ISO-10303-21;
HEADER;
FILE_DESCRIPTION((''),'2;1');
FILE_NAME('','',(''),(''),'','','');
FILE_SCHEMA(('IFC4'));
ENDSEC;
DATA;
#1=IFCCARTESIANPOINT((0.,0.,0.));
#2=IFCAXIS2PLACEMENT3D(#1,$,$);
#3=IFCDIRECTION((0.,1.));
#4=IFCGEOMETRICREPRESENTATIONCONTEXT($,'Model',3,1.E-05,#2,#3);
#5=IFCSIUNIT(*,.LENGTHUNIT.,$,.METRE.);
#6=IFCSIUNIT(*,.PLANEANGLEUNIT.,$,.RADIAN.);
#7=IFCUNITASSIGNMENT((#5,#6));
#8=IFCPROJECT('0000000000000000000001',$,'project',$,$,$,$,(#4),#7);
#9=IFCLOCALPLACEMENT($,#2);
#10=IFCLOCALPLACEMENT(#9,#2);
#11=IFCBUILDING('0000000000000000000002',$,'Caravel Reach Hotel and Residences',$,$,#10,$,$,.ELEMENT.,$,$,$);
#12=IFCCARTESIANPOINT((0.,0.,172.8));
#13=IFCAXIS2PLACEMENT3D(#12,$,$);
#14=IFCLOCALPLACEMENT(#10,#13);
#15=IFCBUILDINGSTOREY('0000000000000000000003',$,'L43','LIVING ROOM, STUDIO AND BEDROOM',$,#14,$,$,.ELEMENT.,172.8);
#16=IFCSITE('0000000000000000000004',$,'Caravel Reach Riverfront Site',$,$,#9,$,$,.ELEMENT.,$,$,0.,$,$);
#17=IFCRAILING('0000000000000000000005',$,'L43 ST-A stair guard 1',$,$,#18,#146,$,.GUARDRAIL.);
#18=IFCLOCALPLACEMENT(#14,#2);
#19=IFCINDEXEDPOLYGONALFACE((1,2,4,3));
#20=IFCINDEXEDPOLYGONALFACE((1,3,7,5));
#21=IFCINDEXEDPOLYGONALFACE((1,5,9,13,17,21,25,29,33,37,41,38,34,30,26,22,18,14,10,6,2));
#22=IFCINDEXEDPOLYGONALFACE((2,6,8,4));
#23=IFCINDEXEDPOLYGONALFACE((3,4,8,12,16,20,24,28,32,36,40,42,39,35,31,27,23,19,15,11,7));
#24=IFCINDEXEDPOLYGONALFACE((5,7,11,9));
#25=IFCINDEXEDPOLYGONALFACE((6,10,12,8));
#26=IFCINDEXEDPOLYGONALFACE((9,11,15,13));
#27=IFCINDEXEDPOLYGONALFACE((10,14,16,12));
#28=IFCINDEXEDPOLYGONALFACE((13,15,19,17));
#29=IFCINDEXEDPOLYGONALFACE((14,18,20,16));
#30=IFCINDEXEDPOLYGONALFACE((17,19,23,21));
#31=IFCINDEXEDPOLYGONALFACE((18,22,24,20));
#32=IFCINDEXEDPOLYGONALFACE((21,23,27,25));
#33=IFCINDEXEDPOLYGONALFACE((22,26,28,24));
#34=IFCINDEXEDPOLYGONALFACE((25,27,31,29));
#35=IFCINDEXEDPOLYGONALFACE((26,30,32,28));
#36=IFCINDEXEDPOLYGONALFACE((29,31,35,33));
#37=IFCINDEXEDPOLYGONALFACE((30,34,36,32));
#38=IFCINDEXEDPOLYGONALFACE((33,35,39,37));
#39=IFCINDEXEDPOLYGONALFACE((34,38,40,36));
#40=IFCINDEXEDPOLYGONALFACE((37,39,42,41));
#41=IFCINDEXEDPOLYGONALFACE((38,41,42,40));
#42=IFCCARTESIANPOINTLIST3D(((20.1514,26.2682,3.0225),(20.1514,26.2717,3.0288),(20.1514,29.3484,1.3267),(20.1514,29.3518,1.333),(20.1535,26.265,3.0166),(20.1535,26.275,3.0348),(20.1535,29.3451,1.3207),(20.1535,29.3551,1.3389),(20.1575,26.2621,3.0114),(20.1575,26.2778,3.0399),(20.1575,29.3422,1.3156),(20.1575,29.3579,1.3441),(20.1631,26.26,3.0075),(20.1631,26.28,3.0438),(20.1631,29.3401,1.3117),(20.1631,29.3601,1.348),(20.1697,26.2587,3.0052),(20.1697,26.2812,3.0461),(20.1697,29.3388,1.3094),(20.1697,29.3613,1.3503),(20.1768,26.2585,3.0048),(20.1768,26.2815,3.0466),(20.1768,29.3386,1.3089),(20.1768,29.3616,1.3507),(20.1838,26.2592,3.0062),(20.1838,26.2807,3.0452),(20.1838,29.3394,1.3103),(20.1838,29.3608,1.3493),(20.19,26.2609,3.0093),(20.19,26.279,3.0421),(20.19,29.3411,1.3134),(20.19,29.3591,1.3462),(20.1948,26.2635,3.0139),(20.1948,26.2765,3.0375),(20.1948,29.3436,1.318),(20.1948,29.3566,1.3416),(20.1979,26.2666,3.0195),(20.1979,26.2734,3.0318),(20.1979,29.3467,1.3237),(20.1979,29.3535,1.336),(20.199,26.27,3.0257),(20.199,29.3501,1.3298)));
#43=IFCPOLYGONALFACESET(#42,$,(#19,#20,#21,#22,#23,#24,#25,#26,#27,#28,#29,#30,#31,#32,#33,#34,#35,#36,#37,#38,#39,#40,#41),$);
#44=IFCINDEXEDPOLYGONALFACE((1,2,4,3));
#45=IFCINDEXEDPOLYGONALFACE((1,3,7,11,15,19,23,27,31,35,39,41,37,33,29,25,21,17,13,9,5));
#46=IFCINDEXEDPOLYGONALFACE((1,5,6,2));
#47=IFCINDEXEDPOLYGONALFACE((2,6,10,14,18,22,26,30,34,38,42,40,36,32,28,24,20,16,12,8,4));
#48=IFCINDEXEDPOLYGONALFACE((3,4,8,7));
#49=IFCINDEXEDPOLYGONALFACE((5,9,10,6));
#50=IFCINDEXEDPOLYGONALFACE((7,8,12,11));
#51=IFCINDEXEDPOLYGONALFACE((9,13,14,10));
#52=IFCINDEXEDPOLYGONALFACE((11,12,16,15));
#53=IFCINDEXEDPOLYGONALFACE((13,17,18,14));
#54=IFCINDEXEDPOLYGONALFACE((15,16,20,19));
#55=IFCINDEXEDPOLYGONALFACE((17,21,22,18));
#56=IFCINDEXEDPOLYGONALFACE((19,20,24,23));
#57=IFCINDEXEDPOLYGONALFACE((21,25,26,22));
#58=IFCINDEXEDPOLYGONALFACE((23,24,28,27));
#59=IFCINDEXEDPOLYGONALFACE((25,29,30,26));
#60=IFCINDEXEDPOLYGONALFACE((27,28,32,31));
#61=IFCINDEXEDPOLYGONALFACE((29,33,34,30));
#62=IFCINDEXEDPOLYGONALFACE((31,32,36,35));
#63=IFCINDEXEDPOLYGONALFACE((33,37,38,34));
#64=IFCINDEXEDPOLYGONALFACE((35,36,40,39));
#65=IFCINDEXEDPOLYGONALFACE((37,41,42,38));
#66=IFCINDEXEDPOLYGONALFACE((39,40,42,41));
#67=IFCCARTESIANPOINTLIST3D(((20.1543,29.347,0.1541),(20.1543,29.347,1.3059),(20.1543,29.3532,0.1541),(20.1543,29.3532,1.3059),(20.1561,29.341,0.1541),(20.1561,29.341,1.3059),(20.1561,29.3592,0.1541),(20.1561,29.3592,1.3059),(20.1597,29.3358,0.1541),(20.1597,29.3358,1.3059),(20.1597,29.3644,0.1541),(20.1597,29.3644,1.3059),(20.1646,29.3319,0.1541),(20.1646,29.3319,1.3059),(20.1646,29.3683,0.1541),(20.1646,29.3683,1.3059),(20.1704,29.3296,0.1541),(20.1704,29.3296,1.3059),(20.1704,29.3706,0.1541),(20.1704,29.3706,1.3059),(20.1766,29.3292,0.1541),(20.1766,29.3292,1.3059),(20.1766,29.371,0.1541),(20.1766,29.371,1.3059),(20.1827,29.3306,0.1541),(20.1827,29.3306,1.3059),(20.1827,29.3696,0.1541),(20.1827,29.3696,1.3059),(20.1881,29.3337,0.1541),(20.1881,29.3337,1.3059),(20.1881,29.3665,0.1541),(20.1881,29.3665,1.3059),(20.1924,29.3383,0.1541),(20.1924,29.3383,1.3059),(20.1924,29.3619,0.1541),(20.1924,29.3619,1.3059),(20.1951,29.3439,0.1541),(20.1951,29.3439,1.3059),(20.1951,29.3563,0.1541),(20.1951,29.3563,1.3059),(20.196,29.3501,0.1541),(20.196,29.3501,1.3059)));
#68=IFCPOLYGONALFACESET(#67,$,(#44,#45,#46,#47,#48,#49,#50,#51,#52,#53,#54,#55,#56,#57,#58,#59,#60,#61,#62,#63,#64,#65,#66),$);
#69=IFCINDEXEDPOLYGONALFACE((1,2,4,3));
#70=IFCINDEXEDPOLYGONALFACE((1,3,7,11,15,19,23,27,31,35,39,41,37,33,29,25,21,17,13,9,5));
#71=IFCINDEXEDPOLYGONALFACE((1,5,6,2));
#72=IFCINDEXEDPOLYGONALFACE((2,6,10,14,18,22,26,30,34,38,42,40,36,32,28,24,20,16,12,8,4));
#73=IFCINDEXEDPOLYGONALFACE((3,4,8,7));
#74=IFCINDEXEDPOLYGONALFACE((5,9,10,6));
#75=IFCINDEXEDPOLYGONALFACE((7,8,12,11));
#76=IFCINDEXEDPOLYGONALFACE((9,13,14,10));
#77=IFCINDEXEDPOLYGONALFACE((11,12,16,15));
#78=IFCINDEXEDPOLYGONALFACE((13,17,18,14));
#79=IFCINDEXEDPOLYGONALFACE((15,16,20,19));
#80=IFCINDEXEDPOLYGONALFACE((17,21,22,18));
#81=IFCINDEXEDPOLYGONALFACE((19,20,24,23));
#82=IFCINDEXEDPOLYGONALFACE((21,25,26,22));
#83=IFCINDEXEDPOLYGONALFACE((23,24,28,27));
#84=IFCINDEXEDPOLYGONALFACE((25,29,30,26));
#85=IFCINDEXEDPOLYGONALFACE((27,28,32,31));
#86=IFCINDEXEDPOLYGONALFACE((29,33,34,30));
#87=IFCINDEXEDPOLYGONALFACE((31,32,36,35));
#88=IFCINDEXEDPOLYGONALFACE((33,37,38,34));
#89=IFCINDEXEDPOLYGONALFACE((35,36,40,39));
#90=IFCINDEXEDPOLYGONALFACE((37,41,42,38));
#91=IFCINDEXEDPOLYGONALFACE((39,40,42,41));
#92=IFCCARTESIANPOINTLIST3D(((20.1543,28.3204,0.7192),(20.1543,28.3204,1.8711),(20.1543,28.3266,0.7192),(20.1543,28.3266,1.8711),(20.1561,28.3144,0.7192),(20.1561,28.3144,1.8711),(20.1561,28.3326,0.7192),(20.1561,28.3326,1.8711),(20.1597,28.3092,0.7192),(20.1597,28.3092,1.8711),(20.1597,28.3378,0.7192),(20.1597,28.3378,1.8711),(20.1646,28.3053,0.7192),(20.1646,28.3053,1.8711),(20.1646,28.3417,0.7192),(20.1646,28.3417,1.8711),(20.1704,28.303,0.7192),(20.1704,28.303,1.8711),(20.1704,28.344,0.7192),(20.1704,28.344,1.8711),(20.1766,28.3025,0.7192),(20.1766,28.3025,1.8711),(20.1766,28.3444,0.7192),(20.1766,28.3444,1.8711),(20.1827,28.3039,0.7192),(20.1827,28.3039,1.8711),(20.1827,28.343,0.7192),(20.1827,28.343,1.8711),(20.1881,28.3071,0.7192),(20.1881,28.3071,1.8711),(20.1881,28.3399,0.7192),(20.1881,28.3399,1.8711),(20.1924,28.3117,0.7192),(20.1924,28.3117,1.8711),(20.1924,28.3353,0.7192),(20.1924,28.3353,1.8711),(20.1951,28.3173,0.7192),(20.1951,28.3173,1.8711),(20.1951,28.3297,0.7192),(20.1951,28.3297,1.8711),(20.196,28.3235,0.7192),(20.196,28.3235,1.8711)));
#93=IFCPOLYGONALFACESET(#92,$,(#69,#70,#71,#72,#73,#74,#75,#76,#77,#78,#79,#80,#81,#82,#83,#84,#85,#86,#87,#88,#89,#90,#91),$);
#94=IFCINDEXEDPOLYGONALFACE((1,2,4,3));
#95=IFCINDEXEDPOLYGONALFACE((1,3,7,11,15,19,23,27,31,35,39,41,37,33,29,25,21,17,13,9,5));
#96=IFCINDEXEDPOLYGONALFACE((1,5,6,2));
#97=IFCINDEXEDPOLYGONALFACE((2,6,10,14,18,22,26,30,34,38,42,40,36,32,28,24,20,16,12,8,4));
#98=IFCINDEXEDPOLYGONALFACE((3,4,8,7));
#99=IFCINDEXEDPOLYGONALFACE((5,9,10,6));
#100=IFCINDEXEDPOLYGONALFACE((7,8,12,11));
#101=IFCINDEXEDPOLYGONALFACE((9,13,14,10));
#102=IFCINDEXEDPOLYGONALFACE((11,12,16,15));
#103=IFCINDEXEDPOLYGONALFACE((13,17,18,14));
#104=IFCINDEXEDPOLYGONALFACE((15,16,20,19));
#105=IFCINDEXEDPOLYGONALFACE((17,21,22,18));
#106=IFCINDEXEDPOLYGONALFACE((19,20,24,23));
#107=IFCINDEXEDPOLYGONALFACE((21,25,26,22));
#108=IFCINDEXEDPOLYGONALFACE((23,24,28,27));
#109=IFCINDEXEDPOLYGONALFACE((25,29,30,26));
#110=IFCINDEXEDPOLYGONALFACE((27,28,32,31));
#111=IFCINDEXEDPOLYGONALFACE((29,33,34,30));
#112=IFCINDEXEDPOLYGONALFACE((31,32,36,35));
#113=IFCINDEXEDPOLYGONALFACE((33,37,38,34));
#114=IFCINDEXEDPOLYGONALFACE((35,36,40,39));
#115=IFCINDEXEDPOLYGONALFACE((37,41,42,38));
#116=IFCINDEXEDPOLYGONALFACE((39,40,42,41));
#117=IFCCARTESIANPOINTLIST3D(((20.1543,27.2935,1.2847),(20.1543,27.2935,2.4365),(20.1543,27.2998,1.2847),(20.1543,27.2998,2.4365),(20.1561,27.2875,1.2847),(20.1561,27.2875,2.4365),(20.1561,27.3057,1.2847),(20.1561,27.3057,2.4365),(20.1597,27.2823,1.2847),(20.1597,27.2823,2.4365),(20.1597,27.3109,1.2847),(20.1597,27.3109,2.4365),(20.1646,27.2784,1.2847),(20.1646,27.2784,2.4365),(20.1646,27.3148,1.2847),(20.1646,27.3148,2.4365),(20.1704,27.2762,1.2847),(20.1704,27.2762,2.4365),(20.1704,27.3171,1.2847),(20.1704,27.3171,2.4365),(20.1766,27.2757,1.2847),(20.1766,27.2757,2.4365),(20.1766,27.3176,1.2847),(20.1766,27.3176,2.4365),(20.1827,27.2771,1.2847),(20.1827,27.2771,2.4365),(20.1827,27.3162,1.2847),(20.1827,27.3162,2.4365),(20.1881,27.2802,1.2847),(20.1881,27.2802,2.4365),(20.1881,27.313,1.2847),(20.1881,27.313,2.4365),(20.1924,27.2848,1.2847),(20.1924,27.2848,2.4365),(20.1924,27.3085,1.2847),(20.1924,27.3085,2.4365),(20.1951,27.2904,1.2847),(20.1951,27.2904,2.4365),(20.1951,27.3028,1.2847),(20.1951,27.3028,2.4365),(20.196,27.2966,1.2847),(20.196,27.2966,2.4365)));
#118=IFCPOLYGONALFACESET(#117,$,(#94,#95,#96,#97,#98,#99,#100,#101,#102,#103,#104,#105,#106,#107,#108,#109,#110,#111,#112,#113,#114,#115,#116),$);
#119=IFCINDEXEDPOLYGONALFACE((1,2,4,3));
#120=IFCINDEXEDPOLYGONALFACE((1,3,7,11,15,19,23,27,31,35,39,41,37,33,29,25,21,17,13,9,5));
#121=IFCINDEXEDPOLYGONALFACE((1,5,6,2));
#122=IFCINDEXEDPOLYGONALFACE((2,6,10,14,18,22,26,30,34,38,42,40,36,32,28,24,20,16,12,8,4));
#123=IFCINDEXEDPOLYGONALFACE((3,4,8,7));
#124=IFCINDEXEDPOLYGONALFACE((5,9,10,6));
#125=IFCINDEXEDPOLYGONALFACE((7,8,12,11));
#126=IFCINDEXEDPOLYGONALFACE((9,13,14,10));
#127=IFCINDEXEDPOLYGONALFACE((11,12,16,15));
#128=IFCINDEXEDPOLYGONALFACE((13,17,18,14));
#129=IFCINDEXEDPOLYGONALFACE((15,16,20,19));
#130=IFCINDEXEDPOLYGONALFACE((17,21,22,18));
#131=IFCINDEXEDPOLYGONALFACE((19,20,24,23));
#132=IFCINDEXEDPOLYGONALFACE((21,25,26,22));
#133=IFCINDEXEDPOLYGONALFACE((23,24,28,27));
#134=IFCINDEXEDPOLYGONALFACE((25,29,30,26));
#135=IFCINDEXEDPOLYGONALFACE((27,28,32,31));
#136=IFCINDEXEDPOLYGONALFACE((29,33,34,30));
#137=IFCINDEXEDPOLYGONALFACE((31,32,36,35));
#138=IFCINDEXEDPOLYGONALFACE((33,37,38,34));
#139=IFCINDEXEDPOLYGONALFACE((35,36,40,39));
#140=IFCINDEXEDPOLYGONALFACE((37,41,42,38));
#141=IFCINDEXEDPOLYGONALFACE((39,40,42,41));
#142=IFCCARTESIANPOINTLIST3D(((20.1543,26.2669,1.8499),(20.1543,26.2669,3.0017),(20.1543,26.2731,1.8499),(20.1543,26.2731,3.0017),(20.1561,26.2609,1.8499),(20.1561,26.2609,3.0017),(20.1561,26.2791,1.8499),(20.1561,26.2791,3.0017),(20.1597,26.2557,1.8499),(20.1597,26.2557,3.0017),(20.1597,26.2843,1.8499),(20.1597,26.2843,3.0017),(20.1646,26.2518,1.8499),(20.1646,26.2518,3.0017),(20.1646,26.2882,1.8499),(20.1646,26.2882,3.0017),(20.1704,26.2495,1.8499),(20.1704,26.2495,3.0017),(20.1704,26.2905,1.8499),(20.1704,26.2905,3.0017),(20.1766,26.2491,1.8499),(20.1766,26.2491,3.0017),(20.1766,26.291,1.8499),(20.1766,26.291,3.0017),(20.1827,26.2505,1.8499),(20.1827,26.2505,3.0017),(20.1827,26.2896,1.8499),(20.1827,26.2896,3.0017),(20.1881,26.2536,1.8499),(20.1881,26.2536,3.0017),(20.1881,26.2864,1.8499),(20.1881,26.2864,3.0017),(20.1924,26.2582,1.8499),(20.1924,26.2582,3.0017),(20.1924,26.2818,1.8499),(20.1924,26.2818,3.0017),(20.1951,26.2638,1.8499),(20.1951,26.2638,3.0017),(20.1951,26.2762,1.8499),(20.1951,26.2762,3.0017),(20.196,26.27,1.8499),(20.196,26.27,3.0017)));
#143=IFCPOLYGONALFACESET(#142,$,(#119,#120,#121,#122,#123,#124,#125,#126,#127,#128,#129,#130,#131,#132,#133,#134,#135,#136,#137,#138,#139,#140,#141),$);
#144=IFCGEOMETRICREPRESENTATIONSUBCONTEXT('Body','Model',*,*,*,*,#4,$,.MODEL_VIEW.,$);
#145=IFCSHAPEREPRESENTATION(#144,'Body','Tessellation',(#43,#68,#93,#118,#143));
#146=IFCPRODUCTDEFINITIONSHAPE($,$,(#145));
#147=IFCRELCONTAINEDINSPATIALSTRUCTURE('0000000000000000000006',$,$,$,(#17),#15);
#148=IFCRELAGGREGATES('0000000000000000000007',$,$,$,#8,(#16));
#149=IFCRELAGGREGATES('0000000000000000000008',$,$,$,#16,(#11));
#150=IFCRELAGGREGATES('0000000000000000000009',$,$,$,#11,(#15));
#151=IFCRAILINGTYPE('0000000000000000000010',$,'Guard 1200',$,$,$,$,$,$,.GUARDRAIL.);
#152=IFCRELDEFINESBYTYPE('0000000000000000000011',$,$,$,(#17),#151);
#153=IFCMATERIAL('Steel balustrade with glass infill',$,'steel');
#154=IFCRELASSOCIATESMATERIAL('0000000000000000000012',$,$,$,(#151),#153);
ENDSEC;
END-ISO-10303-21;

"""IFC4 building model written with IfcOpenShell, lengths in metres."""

from ifc_helpers import new_model, si_unit, direction, frame, origin, origin_2d, place, context, subcontext, project, spatial, circle, extrude, material, type_object, element, save


model = new_model("IFC4")

# Units and contexts
model_context = context("Model", 3, precision=1e-05, world=origin(), true_north=direction((0.0, 1.0)))
body_context = subcontext(model_context, "Body", "Model", "MODEL_VIEW")
ifc_project = project(units=[si_unit("LENGTHUNIT", "METRE"), si_unit("PLANEANGLEUNIT", "RADIAN")], contexts=[model_context])

# Site, building, storey
site_placement = place(None, origin())
site = spatial("IfcSite", under=ifc_project, at=site_placement, Name="Caravel Reach Riverfront Site", CompositionType="ELEMENT", RefElevation=0.0)
building_placement = place(site_placement, origin())
building = spatial("IfcBuilding", under=site, at=building_placement, Name="Caravel Reach Hotel and Residences", CompositionType="ELEMENT")
storey_placement = place(building_placement, frame((0.0, 0.0, 172.8)))
storey = spatial("IfcBuildingStorey", under=building, at=storey_placement, Name="L43", Description="LIVING ROOM, STUDIO AND BEDROOM", CompositionType="ELEMENT", Elevation=172.8)

# Railing
ifc_material_1 = material(Name="Steel balustrade with glass infill", Category="steel")
railing_type_1 = type_object("IfcRailingType", Name="Guard 1200", PredefinedType="GUARDRAIL", material=ifc_material_1)
railing_1_placement = place(storey_placement, frame((20.175, 29.3501, 0.1541)))
element("IfcRailing", 1, at=railing_1_placement, inside=storey, type_object=railing_type_1, Name="L43 ST-A stair guard 1", PredefinedType="GUARDRAIL", context=body_context, shape_type="SweptSolid", body=[
    extrude(circle(Radius=0.0239, at=origin_2d()), frame((0.0, 0.0, 1.1758), z_axis=(0.0, -0.876005, 0.482303), x_axis=(1.0, 0.0, 0.0)), (0.0, 0.0, 1.0), 3.5161),
    extrude(circle(Radius=0.021, at=origin_2d()), origin(), (0.0, 0.0, 1.0), 1.1519),
    extrude(circle(Radius=0.021, at=origin_2d()), frame((0.0, -1.0266, 0.5652)), (0.0, 0.0, 1.0), 1.1519),
    extrude(circle(Radius=0.021, at=origin_2d()), frame((0.0, -2.0535, 1.1306)), (0.0, 0.0, 1.0), 1.1519),
    extrude(circle(Radius=0.021, at=origin_2d()), frame((0.0, -3.0801, 1.6958)), (0.0, 0.0, 1.0), 1.1519),
])

save(model, "model.ifc")
